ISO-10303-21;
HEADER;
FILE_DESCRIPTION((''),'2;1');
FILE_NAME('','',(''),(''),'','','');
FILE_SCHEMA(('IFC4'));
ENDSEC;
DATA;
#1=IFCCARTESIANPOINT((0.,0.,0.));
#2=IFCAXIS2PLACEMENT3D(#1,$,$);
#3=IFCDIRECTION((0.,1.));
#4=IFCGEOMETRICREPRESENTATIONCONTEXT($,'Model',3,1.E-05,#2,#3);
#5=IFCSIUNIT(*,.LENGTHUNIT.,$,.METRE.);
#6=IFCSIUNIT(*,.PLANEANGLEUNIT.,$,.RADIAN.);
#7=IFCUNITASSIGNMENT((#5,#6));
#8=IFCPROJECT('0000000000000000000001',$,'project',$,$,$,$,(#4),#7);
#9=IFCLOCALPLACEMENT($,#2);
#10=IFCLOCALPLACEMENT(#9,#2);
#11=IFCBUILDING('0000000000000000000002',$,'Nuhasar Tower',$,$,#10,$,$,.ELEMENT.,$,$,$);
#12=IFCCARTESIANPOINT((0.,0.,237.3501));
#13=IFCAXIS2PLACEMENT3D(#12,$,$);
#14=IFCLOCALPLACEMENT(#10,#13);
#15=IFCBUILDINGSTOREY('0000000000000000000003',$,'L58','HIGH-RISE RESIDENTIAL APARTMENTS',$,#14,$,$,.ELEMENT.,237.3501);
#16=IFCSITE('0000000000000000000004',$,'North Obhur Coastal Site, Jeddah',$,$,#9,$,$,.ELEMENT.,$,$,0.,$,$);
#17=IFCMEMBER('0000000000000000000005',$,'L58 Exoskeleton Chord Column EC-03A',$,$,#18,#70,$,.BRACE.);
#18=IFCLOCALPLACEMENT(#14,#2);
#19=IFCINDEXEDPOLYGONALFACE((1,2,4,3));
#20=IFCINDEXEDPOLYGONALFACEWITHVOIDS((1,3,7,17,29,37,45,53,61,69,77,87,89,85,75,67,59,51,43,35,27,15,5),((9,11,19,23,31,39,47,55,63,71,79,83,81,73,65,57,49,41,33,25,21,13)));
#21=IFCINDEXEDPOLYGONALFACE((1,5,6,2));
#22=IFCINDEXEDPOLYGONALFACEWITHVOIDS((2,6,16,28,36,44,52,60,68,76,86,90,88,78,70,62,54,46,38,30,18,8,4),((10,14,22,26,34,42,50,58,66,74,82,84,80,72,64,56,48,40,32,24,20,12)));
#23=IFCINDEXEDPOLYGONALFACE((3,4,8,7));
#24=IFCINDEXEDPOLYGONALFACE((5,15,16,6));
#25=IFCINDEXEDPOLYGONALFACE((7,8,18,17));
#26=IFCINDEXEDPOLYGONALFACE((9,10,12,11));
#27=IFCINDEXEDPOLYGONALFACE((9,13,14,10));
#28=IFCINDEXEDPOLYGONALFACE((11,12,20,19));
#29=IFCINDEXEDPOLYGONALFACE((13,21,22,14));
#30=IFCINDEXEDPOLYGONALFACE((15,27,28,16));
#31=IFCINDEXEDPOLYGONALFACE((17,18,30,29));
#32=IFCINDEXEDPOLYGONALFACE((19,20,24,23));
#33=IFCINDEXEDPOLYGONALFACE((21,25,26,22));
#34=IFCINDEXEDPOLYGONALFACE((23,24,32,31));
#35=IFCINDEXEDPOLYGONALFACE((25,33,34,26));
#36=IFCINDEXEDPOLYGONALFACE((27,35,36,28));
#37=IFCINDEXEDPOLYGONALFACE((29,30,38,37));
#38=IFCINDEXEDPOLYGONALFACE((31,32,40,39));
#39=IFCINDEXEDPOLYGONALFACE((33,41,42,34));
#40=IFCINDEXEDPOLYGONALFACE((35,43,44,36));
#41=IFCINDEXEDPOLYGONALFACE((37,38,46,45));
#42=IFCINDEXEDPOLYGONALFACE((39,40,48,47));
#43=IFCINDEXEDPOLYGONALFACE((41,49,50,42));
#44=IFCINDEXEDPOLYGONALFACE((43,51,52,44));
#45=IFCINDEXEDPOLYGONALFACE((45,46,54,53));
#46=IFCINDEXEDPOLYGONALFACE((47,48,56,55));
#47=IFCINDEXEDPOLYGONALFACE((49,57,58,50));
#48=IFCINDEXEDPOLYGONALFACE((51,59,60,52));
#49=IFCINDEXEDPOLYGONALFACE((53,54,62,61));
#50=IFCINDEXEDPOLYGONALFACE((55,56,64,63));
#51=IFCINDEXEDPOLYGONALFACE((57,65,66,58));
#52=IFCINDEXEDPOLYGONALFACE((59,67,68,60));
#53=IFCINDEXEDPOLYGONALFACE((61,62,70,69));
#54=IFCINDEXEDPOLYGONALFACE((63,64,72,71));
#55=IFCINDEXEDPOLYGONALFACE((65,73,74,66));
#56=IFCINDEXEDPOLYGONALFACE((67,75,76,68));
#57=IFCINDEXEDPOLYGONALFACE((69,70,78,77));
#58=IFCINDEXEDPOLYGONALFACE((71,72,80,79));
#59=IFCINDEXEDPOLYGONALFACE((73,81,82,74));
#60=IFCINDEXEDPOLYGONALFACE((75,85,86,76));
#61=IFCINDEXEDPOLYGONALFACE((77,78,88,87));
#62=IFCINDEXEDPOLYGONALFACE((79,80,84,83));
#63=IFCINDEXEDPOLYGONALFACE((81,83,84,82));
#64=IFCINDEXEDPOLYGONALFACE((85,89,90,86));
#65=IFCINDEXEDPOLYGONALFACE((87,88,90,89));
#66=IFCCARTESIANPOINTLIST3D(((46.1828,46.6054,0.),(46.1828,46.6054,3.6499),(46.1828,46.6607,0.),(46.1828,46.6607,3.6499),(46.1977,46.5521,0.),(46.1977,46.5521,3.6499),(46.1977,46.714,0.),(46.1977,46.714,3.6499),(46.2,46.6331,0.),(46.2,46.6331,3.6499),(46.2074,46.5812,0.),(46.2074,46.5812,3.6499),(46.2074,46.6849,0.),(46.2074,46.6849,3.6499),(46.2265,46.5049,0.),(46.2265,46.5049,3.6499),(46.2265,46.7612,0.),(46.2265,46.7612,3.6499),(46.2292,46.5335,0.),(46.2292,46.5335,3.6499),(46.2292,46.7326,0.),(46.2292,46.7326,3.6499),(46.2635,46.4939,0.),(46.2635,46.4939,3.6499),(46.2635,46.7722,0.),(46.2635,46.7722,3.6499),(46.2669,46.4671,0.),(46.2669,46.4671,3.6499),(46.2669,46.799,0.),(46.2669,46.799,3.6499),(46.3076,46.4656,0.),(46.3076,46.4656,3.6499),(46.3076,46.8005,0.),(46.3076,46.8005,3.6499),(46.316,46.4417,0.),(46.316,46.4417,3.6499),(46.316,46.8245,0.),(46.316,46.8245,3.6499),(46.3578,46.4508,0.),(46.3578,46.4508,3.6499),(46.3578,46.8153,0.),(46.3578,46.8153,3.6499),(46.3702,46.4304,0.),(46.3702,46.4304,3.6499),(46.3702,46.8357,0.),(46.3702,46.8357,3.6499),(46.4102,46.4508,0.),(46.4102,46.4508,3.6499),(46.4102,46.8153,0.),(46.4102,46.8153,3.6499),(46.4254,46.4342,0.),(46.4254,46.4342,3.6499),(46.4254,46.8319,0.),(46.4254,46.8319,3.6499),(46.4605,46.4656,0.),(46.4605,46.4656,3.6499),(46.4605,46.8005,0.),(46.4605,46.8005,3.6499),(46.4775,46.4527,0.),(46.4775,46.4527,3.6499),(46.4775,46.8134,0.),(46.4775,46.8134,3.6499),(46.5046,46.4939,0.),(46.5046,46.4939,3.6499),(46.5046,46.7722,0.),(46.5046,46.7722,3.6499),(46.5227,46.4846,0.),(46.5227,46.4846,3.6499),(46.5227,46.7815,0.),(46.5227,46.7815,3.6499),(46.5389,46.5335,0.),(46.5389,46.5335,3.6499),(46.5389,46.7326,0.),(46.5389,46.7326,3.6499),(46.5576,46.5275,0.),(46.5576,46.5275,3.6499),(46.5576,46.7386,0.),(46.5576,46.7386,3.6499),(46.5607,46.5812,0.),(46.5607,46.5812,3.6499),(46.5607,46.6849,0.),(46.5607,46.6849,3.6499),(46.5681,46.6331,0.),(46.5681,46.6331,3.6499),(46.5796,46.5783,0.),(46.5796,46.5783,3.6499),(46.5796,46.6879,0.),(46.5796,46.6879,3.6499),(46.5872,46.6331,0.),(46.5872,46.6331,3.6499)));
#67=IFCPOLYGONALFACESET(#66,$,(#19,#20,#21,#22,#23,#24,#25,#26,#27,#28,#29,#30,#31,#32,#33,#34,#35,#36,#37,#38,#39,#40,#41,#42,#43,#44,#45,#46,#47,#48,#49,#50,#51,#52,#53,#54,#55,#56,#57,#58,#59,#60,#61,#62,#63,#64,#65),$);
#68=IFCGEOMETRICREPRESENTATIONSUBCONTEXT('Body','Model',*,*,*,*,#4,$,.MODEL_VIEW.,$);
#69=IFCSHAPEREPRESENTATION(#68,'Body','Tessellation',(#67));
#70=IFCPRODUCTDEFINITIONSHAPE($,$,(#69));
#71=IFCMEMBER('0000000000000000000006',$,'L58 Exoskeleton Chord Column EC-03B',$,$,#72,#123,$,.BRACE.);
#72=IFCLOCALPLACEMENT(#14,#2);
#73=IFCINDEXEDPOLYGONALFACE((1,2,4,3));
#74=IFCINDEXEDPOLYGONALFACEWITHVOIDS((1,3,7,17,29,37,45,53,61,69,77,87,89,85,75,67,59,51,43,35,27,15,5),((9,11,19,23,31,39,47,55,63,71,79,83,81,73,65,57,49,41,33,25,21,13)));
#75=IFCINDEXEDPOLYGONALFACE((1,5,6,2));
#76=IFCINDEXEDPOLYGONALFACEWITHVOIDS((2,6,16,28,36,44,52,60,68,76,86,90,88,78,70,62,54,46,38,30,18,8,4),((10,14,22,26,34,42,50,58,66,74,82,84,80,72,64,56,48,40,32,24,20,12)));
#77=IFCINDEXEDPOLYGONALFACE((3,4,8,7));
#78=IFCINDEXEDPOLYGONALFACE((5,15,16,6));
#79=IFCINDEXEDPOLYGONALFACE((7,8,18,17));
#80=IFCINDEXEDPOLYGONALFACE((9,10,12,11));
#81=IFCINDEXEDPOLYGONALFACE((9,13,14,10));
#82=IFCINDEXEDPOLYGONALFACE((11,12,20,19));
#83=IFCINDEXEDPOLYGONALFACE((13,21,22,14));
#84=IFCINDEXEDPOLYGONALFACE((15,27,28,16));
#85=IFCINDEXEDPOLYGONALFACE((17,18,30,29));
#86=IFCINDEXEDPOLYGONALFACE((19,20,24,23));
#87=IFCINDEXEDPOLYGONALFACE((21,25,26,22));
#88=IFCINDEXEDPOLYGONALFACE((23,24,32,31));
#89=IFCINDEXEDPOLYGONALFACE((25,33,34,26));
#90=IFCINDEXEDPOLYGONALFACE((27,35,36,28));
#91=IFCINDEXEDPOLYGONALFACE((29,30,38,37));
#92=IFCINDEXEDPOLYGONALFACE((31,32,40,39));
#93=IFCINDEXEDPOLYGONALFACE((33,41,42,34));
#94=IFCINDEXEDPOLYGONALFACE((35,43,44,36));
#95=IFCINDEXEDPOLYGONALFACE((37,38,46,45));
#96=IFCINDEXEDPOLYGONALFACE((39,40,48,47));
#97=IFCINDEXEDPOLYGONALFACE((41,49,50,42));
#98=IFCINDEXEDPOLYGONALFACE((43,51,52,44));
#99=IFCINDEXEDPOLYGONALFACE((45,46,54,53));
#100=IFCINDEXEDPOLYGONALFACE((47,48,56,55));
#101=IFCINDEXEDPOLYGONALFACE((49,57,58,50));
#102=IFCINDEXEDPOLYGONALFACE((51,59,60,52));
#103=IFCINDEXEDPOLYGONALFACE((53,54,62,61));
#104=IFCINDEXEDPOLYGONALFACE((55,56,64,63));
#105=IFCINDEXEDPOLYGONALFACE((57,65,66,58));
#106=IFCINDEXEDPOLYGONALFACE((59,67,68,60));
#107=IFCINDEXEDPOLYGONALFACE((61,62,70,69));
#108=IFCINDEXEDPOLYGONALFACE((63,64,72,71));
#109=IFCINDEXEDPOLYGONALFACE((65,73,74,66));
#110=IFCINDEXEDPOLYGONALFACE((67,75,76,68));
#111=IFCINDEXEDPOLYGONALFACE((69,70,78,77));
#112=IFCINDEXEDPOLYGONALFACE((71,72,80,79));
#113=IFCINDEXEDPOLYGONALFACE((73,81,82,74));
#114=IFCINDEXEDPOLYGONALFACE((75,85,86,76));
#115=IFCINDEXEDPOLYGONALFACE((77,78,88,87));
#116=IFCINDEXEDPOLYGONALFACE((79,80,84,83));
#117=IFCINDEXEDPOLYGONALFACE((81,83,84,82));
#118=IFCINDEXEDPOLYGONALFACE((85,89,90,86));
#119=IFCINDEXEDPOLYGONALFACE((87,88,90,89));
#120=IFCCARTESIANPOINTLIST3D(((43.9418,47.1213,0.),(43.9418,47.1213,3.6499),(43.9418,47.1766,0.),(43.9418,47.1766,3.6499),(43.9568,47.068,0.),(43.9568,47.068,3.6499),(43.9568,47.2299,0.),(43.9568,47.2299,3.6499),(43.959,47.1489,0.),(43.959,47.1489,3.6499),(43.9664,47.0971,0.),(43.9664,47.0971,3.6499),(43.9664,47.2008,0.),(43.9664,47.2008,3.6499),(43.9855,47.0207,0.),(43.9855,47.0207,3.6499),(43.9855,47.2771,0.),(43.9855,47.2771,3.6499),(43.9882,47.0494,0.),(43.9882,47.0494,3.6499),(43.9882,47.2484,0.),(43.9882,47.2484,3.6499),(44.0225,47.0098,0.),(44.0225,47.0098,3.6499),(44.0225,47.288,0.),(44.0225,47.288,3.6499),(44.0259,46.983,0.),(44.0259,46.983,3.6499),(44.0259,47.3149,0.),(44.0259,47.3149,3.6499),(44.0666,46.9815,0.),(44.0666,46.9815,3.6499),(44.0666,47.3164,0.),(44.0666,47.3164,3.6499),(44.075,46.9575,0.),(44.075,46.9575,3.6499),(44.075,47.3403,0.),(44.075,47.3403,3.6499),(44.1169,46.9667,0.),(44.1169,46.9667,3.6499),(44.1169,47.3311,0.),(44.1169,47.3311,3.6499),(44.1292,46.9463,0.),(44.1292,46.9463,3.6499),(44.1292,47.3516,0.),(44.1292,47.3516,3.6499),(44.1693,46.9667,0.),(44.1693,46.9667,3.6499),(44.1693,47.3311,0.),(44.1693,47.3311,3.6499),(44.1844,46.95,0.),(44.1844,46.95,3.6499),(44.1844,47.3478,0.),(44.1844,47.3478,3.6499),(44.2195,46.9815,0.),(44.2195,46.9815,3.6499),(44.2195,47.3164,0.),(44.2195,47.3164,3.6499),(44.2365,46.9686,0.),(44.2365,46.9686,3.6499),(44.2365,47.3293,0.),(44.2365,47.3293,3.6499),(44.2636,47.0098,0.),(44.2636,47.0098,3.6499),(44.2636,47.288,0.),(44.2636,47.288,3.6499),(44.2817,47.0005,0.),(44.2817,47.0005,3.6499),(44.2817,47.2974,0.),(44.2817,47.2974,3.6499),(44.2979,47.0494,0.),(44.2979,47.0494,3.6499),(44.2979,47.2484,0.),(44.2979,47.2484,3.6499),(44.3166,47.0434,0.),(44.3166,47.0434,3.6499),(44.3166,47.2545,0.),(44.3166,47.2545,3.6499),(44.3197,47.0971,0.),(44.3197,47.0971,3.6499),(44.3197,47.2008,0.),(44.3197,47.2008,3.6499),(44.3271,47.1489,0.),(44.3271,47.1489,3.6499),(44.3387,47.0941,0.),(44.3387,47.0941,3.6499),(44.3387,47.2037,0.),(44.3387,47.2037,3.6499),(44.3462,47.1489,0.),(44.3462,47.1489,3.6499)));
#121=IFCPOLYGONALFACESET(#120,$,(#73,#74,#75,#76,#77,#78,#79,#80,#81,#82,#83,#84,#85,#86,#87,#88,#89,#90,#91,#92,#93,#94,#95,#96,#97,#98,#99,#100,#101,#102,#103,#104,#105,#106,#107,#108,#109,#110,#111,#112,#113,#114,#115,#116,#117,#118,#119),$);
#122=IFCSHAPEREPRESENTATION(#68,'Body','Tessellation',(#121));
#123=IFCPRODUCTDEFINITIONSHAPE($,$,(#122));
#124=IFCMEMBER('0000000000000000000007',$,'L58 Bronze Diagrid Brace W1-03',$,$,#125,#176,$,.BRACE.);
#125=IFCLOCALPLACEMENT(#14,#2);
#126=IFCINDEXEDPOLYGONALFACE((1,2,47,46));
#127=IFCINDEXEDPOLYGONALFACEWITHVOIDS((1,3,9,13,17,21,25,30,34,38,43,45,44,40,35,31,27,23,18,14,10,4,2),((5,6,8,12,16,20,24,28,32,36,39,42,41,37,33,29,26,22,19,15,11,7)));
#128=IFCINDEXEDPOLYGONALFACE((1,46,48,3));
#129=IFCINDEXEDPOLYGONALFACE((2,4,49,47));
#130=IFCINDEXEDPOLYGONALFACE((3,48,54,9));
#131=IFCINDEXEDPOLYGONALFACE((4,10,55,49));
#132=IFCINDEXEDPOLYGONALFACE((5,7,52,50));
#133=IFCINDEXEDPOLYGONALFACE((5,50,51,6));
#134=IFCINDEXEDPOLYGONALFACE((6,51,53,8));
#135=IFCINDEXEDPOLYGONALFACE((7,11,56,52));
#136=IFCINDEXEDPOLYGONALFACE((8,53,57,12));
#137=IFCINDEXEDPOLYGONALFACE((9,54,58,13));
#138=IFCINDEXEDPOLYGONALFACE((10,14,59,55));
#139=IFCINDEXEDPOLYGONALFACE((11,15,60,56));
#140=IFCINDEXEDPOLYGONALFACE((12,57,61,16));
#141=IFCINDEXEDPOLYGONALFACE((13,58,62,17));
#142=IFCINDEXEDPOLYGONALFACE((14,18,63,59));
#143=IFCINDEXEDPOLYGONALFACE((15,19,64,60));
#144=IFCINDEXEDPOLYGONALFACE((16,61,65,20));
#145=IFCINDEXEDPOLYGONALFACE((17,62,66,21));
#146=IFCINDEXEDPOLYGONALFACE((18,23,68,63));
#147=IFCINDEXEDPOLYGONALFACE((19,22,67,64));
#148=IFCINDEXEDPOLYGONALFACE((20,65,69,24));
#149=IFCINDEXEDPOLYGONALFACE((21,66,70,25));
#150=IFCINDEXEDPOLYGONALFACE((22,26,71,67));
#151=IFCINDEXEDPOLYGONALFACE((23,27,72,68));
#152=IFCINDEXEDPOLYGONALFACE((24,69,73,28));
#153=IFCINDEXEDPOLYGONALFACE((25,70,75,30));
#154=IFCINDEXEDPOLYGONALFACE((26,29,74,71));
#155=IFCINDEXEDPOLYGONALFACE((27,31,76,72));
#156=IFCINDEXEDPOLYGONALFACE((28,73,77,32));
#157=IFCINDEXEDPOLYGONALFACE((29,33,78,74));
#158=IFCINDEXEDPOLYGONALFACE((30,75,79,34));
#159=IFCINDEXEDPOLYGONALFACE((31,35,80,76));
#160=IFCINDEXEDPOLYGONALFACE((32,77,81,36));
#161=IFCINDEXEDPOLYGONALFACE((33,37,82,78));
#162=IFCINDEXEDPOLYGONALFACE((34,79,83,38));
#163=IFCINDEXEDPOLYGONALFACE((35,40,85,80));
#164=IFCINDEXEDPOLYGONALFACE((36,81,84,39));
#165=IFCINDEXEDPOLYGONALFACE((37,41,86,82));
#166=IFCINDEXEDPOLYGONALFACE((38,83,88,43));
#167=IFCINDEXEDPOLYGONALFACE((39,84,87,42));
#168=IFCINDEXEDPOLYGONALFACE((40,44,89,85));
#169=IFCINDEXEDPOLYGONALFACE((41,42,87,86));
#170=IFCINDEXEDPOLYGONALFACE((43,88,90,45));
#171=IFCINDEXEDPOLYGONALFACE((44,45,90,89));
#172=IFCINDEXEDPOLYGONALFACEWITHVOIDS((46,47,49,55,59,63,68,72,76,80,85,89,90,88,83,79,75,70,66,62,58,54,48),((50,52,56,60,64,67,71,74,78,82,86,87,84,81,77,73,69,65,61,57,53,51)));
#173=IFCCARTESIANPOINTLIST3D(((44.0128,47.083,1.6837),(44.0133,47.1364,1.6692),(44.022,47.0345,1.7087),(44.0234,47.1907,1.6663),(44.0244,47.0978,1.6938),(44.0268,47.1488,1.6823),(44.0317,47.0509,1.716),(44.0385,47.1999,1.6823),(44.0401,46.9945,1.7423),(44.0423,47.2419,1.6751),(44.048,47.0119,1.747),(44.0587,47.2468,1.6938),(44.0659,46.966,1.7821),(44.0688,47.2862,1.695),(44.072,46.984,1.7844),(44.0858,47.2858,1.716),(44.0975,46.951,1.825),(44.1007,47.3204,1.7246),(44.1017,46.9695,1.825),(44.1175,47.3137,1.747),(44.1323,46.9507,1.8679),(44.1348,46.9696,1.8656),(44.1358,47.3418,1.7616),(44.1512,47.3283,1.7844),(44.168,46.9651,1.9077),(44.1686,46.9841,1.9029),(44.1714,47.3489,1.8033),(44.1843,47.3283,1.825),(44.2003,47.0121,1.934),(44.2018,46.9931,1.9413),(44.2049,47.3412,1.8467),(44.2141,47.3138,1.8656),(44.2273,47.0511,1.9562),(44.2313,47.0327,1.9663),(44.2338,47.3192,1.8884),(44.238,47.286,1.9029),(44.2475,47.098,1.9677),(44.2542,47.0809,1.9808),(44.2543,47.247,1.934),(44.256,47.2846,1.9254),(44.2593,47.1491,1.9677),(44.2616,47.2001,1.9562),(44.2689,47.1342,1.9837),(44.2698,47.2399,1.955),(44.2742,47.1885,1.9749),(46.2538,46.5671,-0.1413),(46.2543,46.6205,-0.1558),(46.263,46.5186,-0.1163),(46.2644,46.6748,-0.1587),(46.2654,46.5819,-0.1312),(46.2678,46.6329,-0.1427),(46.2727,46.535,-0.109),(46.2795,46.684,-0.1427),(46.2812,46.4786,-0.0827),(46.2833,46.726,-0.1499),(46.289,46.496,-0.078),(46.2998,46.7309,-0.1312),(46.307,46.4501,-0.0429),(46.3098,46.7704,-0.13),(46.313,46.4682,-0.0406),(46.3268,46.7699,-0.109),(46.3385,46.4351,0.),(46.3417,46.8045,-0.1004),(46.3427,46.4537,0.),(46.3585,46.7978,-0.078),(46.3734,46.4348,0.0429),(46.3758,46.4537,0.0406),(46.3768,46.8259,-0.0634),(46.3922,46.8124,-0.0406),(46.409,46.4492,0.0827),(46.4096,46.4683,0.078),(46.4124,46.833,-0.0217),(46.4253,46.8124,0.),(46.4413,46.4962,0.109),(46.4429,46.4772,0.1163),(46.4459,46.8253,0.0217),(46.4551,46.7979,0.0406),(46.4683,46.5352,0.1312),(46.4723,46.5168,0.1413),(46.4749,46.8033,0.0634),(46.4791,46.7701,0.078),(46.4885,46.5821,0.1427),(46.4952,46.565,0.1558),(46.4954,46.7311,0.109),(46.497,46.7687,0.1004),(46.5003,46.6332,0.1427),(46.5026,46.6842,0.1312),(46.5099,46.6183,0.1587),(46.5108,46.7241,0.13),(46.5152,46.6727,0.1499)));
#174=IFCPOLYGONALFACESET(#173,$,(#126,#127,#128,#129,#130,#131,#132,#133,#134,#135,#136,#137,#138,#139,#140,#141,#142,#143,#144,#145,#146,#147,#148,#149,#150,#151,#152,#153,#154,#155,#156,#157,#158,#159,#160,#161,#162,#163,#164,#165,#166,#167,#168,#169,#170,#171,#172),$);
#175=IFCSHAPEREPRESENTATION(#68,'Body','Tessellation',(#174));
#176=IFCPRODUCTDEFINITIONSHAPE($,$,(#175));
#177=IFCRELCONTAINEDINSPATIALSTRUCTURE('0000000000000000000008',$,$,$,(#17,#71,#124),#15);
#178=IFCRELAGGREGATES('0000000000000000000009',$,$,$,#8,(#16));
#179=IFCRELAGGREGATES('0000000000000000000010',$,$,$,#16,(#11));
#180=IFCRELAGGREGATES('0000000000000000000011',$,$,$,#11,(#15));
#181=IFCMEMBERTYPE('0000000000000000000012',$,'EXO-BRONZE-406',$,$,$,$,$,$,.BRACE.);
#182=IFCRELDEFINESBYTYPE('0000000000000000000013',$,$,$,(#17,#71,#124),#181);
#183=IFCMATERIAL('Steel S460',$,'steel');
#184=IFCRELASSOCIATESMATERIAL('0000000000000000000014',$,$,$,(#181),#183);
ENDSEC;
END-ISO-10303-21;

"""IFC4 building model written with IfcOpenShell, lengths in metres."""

from ifc_helpers import new_model, si_unit, direction, frame, origin, origin_2d, place, context, subcontext, project, spatial, hollow_circle, extrude, material, material_profile, profile_set, type_object, element, save


model = new_model("IFC4")

# Units and contexts
model_context = context("Model", 3, precision=1e-05, world=origin(), true_north=direction((0.0, 1.0)))
body_context = subcontext(model_context, "Body", "Model", "MODEL_VIEW")
ifc_project = project(units=[si_unit("LENGTHUNIT", "METRE"), si_unit("PLANEANGLEUNIT", "RADIAN")], contexts=[model_context])

# Site, building, storey
site_placement = place(None, origin())
site = spatial("IfcSite", under=ifc_project, at=site_placement, Name="North Obhur Coastal Site, Jeddah", CompositionType="ELEMENT", RefElevation=0.0)
building_placement = place(site_placement, origin())
building = spatial("IfcBuilding", under=site, at=building_placement, Name="Nuhasar Tower", CompositionType="ELEMENT")
storey_placement = place(building_placement, frame((0.0, 0.0, 237.3501)))
storey = spatial("IfcBuildingStorey", under=building, at=storey_placement, Name="L58", Description="HIGH-RISE RESIDENTIAL APARTMENTS", CompositionType="ELEMENT", Elevation=237.3501)

# Members
ifc_material_1 = material(Name="Steel S460", Category="steel")
ifc_material_profile_1 = material_profile(ifc_material_1, hollow_circle(Radius=0.2031, WallThickness=0.019, at=origin_2d()), Name="HSS406.4X19.1")
ifc_profile_set_1 = profile_set([ifc_material_profile_1], Name="Steel S460")
member_type_1 = type_object("IfcMemberType", Name="EXO-BRONZE-406", PredefinedType="BRACE", material=ifc_profile_set_1)
for number, where, z_axis, x_axis, name in (
    (1, (46.384, 46.6331, 0.0), (0.0, 0.0, 1.0), (1.0, 0.0, 0.0), "L58 Exoskeleton Chord Column EC-03A"),
    (2, (44.1431, 47.1489, 0.0), (0.0, 0.0, 1.0), (1.0, 0.0, 0.0), "L58 Exoskeleton Chord Column EC-03B"),
):
    element("IfcMember", number, at=place(storey_placement, frame(where, z_axis=z_axis, x_axis=x_axis)), inside=storey, type_object=member_type_1, Name=name, PredefinedType="BRACE", context=body_context, shape_type="SweptSolid", body=[
        extrude(hollow_circle(Radius=0.2031, WallThickness=0.019, at=origin_2d()), origin(), (0.0, 0.0, 1.0), 3.6499),
    ])
for number, where, z_axis, x_axis, name in (
    (3, (46.384, 46.6331, 0.0), (-0.763343, 0.175721, 0.621635), (-0.224332, -0.974513, 0.0), "L58 Bronze Diagrid Brace W1-03"),
):
    element("IfcMember", number, at=place(storey_placement, frame(where, z_axis=z_axis, x_axis=x_axis)), inside=storey, type_object=member_type_1, Name=name, PredefinedType="BRACE", context=body_context, shape_type="SweptSolid", body=[
        extrude(hollow_circle(Radius=0.2031, WallThickness=0.019, at=origin_2d()), origin(), (0.0, 0.0, 1.0), 2.9358),
    ])

save(model, "model.ifc")
